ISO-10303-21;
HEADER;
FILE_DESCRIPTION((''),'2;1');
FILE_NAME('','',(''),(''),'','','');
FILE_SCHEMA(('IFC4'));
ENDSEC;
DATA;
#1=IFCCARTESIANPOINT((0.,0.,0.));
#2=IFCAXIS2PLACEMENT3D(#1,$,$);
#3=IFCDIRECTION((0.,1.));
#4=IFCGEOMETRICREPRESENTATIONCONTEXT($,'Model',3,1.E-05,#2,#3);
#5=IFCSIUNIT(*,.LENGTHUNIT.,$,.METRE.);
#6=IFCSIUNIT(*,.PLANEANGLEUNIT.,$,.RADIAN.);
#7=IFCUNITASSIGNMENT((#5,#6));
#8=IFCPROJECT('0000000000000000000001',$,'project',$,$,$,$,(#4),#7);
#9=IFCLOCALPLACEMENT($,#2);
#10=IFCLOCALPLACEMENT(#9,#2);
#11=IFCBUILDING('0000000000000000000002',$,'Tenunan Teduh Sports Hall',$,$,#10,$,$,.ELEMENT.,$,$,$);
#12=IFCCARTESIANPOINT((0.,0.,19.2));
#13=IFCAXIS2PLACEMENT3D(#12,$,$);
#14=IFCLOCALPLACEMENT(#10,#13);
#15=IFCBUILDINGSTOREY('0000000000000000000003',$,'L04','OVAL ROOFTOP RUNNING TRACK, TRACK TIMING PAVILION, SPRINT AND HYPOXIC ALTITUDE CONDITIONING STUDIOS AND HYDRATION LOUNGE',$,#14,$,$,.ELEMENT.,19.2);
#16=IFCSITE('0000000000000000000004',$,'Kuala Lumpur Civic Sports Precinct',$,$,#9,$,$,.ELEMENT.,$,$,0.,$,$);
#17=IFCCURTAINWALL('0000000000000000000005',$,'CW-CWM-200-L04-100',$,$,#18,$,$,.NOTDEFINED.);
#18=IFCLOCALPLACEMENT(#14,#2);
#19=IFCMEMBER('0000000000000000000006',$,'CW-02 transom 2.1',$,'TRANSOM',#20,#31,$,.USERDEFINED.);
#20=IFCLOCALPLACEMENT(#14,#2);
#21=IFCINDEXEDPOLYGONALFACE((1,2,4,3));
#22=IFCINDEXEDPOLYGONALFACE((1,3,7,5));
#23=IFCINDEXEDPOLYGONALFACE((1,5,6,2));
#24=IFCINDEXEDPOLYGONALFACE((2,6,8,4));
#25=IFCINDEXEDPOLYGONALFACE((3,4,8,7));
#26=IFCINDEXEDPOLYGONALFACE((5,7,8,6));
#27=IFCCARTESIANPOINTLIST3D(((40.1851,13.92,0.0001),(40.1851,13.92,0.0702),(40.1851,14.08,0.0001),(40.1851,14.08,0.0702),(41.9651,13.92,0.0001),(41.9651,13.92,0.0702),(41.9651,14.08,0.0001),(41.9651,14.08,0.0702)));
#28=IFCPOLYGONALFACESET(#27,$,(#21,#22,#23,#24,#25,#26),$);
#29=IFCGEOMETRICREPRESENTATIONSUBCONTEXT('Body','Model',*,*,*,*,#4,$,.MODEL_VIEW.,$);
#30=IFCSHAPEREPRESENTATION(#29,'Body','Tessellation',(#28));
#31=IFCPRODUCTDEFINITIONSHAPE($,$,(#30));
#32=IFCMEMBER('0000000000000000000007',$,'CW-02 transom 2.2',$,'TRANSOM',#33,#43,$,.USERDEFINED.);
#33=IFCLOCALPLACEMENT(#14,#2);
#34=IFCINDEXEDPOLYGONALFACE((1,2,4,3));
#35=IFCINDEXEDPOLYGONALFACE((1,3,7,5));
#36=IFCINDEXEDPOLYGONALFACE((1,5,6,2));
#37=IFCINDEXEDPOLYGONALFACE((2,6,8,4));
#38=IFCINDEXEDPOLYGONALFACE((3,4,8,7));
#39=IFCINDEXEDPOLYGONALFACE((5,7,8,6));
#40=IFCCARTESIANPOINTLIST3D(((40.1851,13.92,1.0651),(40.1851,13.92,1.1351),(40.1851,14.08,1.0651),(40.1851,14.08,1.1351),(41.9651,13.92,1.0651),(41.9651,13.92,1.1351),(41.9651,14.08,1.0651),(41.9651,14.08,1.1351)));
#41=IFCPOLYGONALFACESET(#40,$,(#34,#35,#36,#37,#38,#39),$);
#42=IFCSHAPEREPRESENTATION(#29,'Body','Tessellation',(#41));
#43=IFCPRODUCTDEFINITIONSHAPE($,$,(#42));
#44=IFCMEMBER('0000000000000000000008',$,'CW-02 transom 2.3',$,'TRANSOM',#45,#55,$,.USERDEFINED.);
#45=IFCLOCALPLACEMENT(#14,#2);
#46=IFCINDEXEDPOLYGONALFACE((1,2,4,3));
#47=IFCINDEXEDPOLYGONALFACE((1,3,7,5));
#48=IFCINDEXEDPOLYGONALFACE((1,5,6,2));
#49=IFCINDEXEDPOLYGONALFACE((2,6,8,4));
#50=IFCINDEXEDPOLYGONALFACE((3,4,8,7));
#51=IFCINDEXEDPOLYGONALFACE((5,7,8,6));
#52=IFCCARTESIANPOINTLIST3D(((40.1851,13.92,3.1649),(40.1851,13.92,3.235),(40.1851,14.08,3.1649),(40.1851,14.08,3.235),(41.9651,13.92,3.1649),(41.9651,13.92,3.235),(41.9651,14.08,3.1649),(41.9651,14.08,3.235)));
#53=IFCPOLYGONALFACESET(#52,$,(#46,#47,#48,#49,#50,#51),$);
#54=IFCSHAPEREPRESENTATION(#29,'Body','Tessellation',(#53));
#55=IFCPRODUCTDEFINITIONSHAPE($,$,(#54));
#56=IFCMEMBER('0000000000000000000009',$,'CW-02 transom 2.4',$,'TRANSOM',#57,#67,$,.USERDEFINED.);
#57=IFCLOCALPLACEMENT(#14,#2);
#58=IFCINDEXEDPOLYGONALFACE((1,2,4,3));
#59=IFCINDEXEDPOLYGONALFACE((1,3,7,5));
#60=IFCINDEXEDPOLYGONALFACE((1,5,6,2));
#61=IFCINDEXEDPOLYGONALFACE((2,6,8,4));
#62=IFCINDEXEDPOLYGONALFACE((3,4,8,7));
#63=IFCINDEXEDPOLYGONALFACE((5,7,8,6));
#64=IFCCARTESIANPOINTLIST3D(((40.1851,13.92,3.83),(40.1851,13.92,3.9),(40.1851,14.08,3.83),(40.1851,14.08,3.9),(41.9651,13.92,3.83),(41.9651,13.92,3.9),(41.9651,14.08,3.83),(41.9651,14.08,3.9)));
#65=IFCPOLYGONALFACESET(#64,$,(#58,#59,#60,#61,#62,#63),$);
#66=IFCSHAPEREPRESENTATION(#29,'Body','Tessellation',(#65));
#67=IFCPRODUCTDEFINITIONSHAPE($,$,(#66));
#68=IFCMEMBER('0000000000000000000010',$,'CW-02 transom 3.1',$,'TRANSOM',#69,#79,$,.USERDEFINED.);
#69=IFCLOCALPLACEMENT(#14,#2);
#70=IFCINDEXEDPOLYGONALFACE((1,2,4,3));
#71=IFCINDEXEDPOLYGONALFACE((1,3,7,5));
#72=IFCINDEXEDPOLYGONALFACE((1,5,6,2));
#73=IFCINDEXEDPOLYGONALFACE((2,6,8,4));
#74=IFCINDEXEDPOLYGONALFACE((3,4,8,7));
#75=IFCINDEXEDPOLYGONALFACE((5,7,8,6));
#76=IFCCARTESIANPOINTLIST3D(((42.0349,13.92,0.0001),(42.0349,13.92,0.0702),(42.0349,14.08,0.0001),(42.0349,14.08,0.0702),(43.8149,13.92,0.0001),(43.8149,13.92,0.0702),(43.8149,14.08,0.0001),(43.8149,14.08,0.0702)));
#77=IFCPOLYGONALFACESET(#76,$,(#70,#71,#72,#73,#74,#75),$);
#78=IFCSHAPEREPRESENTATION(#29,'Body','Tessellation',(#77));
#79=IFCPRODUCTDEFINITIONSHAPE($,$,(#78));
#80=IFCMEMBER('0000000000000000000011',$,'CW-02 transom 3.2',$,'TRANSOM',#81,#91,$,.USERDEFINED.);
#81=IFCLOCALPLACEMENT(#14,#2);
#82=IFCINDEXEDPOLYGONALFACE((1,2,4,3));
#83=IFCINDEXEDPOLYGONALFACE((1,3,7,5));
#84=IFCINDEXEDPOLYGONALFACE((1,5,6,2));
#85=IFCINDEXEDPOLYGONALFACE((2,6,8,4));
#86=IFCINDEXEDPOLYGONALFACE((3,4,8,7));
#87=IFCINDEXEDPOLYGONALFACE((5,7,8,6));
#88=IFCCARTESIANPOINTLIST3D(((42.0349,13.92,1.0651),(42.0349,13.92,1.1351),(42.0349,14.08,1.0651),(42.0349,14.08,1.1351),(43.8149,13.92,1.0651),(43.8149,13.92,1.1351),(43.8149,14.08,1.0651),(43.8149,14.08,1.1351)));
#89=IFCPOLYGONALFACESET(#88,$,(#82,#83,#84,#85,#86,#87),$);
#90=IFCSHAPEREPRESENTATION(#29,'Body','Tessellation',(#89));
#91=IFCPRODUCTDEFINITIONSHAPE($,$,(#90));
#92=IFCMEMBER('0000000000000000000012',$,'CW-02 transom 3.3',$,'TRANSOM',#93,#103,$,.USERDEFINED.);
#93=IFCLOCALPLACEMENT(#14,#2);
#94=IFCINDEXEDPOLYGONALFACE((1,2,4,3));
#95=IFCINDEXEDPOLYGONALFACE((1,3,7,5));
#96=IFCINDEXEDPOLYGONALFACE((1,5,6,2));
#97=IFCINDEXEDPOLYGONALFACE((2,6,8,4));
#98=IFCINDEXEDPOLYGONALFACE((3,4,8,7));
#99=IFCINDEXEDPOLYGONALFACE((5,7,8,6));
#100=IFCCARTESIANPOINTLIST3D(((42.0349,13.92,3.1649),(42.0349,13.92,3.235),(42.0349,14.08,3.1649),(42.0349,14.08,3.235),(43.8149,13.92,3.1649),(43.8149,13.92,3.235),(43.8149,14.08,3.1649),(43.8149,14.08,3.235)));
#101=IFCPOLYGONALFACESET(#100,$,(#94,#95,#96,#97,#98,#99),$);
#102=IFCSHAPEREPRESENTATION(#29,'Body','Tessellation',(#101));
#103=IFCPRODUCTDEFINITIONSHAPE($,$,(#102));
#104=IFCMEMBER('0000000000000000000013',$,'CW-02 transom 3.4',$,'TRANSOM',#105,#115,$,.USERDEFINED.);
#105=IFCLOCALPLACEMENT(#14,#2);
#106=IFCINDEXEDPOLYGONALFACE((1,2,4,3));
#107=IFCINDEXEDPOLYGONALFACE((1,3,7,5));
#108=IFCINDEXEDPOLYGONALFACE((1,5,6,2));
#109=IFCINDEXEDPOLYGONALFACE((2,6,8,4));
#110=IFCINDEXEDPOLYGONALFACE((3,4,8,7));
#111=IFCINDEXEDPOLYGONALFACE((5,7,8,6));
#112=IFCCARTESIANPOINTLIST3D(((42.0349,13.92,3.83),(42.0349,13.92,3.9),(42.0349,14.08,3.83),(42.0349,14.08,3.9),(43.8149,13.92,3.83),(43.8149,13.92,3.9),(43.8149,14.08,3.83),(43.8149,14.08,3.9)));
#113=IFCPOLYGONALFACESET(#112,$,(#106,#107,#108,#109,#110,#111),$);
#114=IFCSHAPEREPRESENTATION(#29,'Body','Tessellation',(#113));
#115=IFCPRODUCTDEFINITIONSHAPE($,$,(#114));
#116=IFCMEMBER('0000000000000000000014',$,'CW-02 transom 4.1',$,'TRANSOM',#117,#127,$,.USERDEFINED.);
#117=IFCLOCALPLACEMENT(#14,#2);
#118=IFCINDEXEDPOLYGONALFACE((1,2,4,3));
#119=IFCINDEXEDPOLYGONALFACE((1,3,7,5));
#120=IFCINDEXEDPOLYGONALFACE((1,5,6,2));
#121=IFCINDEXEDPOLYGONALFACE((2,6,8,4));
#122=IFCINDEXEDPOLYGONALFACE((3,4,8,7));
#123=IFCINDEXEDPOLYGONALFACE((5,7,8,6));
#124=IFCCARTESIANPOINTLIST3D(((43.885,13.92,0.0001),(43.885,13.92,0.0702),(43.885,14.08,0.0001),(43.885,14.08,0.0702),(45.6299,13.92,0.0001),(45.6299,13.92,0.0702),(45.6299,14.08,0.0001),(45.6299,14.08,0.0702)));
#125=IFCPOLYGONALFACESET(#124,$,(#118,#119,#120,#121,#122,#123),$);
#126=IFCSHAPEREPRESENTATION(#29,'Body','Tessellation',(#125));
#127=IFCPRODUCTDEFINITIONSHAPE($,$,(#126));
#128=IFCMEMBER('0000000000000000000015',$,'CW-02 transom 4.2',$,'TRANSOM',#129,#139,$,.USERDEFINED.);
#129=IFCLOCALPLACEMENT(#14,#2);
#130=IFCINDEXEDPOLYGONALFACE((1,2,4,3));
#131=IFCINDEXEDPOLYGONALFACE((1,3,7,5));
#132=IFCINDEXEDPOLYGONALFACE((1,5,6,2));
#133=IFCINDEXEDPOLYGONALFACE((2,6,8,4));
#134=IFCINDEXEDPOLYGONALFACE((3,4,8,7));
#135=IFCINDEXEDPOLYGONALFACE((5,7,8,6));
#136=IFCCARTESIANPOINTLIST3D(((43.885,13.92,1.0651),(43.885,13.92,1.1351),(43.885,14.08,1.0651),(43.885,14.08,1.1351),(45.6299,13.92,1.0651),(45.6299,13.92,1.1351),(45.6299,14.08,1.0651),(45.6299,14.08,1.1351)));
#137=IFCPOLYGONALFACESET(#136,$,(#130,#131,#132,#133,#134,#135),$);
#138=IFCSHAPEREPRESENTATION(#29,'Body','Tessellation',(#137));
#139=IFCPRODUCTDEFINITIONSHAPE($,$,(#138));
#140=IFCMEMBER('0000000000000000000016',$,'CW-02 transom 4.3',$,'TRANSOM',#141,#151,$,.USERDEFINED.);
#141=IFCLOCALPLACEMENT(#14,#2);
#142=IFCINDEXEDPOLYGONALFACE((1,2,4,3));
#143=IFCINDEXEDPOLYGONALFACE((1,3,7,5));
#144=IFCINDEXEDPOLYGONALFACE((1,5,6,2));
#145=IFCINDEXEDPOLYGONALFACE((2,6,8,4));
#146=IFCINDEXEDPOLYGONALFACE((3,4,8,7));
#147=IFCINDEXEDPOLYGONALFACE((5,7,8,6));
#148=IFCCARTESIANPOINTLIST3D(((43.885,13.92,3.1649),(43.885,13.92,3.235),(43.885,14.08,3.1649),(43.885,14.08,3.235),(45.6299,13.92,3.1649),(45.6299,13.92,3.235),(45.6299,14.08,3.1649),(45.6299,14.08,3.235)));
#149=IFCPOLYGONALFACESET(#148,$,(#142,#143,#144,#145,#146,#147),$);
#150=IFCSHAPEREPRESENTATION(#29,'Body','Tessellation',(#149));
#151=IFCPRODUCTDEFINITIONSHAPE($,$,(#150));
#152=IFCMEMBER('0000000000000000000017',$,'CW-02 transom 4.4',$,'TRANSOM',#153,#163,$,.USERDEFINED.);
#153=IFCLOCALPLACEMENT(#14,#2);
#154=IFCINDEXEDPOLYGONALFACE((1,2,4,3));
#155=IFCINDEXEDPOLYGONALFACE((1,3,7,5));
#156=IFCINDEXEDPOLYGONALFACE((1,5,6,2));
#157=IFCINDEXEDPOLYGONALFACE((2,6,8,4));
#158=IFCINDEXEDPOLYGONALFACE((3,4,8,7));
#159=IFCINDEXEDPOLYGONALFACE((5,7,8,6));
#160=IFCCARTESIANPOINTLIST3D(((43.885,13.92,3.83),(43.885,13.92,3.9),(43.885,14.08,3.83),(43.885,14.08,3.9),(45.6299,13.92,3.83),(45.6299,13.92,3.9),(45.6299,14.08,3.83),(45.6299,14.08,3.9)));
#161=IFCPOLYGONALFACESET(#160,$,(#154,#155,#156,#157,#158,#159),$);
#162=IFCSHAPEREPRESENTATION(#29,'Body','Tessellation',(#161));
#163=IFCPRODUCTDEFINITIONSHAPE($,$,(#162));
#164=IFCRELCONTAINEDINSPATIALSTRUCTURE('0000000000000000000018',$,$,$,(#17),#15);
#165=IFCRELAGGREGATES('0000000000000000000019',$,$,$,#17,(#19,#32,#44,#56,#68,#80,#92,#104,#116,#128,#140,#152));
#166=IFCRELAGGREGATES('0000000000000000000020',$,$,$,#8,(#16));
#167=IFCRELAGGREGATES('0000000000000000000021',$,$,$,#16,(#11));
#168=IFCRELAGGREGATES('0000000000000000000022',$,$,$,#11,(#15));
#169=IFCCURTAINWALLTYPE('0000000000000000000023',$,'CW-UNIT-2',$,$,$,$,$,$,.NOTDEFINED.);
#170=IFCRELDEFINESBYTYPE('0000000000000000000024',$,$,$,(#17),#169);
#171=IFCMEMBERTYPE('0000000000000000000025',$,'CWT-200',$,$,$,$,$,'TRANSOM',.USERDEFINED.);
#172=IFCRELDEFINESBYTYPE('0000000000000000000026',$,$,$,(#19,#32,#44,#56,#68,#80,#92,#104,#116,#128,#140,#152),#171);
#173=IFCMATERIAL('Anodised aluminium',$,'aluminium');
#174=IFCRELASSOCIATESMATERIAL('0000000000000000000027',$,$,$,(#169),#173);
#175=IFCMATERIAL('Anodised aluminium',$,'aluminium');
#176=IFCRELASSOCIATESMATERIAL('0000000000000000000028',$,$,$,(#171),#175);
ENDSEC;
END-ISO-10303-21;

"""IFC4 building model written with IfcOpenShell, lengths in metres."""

from ifc_helpers import new_model, si_unit, direction, frame, origin, origin_2d, place, context, subcontext, project, spatial, rectangle, extrude, material, material_profile, profile_set, type_object, element, aggregate, save


model = new_model("IFC4")

# Units and contexts
model_context = context("Model", 3, precision=1e-05, world=origin(), true_north=direction((0.0, 1.0)))
body_context = subcontext(model_context, "Body", "Model", "MODEL_VIEW")
ifc_project = project(units=[si_unit("LENGTHUNIT", "METRE"), si_unit("PLANEANGLEUNIT", "RADIAN")], contexts=[model_context])

# Site, building, storey
site_placement = place(None, origin())
site = spatial("IfcSite", under=ifc_project, at=site_placement, Name="Kuala Lumpur Civic Sports Precinct", CompositionType="ELEMENT", RefElevation=0.0)
building_placement = place(site_placement, origin())
building = spatial("IfcBuilding", under=site, at=building_placement, Name="Tenunan Teduh Sports Hall", CompositionType="ELEMENT")
storey_placement = place(building_placement, frame((0.0, 0.0, 19.2)))
storey = spatial("IfcBuildingStorey", under=building, at=storey_placement, Name="L04", Description="OVAL ROOFTOP RUNNING TRACK, TRACK TIMING PAVILION, SPRINT AND HYPOXIC ALTITUDE CONDITIONING STUDIOS AND HYDRATION LOUNGE", CompositionType="ELEMENT", Elevation=19.2)

# Shared definitions
ifc_material_1 = material(Name="Anodised aluminium", Category="aluminium")
curtain_wall_type = type_object("IfcCurtainWallType", Name="CW-UNIT-2", PredefinedType="NOTDEFINED", material=ifc_material_1)

# Curtain wall
curtain_wall_1_placement = place(storey_placement, origin())
curtain_wall_1 = element("IfcCurtainWall", 1, at=curtain_wall_1_placement, inside=storey, type_object=curtain_wall_type, Name="CW-CWM-200-L04-100", PredefinedType="NOTDEFINED")

# Members
ifc_material_2 = material(Name="Anodised aluminium", Category="aluminium")
ifc_material_profile_1 = material_profile(ifc_material_2, rectangle(XDim=0.0701, YDim=0.1599, at=origin_2d()), Name="CWT 70x160")
ifc_profile_set_1 = profile_set([ifc_material_profile_1], Name="Anodised aluminium")
member_type_1 = type_object("IfcMemberType", Name="CWT-200", ElementType="TRANSOM", PredefinedType="USERDEFINED", material=ifc_profile_set_1)
member_1_placement = place(storey_placement, frame((40.1851, 14.0, 0.0352), z_axis=(1.0, 0.0, 0.0), x_axis=(0.0, 0.0, 1.0)))
member_1 = element("IfcMember", 2, at=member_1_placement, type_object=member_type_1, Name="CW-02 transom 2.1", ObjectType="TRANSOM", PredefinedType="USERDEFINED", context=body_context, shape_type="SweptSolid", body=[
    extrude(rectangle(XDim=0.0701, YDim=0.1599, at=origin_2d()), origin(), (0.0, 0.0, 1.0), 1.78),
])
member_2_placement = place(storey_placement, frame((40.1851, 14.0, 1.1001), z_axis=(1.0, 0.0, 0.0), x_axis=(0.0, 0.0, 1.0)))
member_2 = element("IfcMember", 3, at=member_2_placement, type_object=member_type_1, Name="CW-02 transom 2.2", ObjectType="TRANSOM", PredefinedType="USERDEFINED", context=body_context, shape_type="SweptSolid", body=[
    extrude(rectangle(XDim=0.0701, YDim=0.1599, at=origin_2d()), origin(), (0.0, 0.0, 1.0), 1.78),
])
member_3_placement = place(storey_placement, frame((40.1851, 14.0, 3.2), z_axis=(1.0, 0.0, 0.0), x_axis=(0.0, 0.0, 1.0)))
member_3 = element("IfcMember", 4, at=member_3_placement, type_object=member_type_1, Name="CW-02 transom 2.3", ObjectType="TRANSOM", PredefinedType="USERDEFINED", context=body_context, shape_type="SweptSolid", body=[
    extrude(rectangle(XDim=0.0701, YDim=0.1599, at=origin_2d()), origin(), (0.0, 0.0, 1.0), 1.78),
])
member_4_placement = place(storey_placement, frame((40.1851, 14.0, 3.865), z_axis=(1.0, 0.0, 0.0), x_axis=(0.0, 0.0, 1.0)))
member_4 = element("IfcMember", 5, at=member_4_placement, type_object=member_type_1, Name="CW-02 transom 2.4", ObjectType="TRANSOM", PredefinedType="USERDEFINED", context=body_context, shape_type="SweptSolid", body=[
    extrude(rectangle(XDim=0.0701, YDim=0.1599, at=origin_2d()), origin(), (0.0, 0.0, 1.0), 1.78),
])
member_5_placement = place(storey_placement, frame((42.0349, 14.0, 0.0352), z_axis=(1.0, 0.0, 0.0), x_axis=(0.0, 0.0, 1.0)))
member_5 = element("IfcMember", 6, at=member_5_placement, type_object=member_type_1, Name="CW-02 transom 3.1", ObjectType="TRANSOM", PredefinedType="USERDEFINED", context=body_context, shape_type="SweptSolid", body=[
    extrude(rectangle(XDim=0.0701, YDim=0.1599, at=origin_2d()), origin(), (0.0, 0.0, 1.0), 1.78),
])
member_6_placement = place(storey_placement, frame((42.0349, 14.0, 1.1001), z_axis=(1.0, 0.0, 0.0), x_axis=(0.0, 0.0, 1.0)))
member_6 = element("IfcMember", 7, at=member_6_placement, type_object=member_type_1, Name="CW-02 transom 3.2", ObjectType="TRANSOM", PredefinedType="USERDEFINED", context=body_context, shape_type="SweptSolid", body=[
    extrude(rectangle(XDim=0.0701, YDim=0.1599, at=origin_2d()), origin(), (0.0, 0.0, 1.0), 1.78),
])
member_7_placement = place(storey_placement, frame((42.0349, 14.0, 3.2), z_axis=(1.0, 0.0, 0.0), x_axis=(0.0, 0.0, 1.0)))
member_7 = element("IfcMember", 8, at=member_7_placement, type_object=member_type_1, Name="CW-02 transom 3.3", ObjectType="TRANSOM", PredefinedType="USERDEFINED", context=body_context, shape_type="SweptSolid", body=[
    extrude(rectangle(XDim=0.0701, YDim=0.1599, at=origin_2d()), origin(), (0.0, 0.0, 1.0), 1.78),
])
member_8_placement = place(storey_placement, frame((42.0349, 14.0, 3.865), z_axis=(1.0, 0.0, 0.0), x_axis=(0.0, 0.0, 1.0)))
member_8 = element("IfcMember", 9, at=member_8_placement, type_object=member_type_1, Name="CW-02 transom 3.4", ObjectType="TRANSOM", PredefinedType="USERDEFINED", context=body_context, shape_type="SweptSolid", body=[
    extrude(rectangle(XDim=0.0701, YDim=0.1599, at=origin_2d()), origin(), (0.0, 0.0, 1.0), 1.78),
])
member_9_placement = place(storey_placement, frame((43.885, 14.0, 0.0352), z_axis=(1.0, 0.0, 0.0), x_axis=(0.0, 0.0, 1.0)))
member_9 = element("IfcMember", 10, at=member_9_placement, type_object=member_type_1, Name="CW-02 transom 4.1", ObjectType="TRANSOM", PredefinedType="USERDEFINED", context=body_context, shape_type="SweptSolid", body=[
    extrude(rectangle(XDim=0.0701, YDim=0.1599, at=origin_2d()), origin(), (0.0, 0.0, 1.0), 1.7449),
])
member_10_placement = place(storey_placement, frame((43.885, 14.0, 1.1001), z_axis=(1.0, 0.0, 0.0), x_axis=(0.0, 0.0, 1.0)))
member_10 = element("IfcMember", 11, at=member_10_placement, type_object=member_type_1, Name="CW-02 transom 4.2", ObjectType="TRANSOM", PredefinedType="USERDEFINED", context=body_context, shape_type="SweptSolid", body=[
    extrude(rectangle(XDim=0.0701, YDim=0.1599, at=origin_2d()), origin(), (0.0, 0.0, 1.0), 1.7449),
])
member_11_placement = place(storey_placement, frame((43.885, 14.0, 3.2), z_axis=(1.0, 0.0, 0.0), x_axis=(0.0, 0.0, 1.0)))
member_11 = element("IfcMember", 12, at=member_11_placement, type_object=member_type_1, Name="CW-02 transom 4.3", ObjectType="TRANSOM", PredefinedType="USERDEFINED", context=body_context, shape_type="SweptSolid", body=[
    extrude(rectangle(XDim=0.0701, YDim=0.1599, at=origin_2d()), origin(), (0.0, 0.0, 1.0), 1.7449),
])
member_12_placement = place(storey_placement, frame((43.885, 14.0, 3.865), z_axis=(1.0, 0.0, 0.0), x_axis=(0.0, 0.0, 1.0)))
member_12 = element("IfcMember", 13, at=member_12_placement, type_object=member_type_1, Name="CW-02 transom 4.4", ObjectType="TRANSOM", PredefinedType="USERDEFINED", context=body_context, shape_type="SweptSolid", body=[
    extrude(rectangle(XDim=0.0701, YDim=0.1599, at=origin_2d()), origin(), (0.0, 0.0, 1.0), 1.7449),
])

aggregate(curtain_wall_1, [member_1, member_2, member_3, member_4, member_5, member_6, member_7, member_8, member_9, member_10, member_11, member_12])

save(model, "model.ifc")
